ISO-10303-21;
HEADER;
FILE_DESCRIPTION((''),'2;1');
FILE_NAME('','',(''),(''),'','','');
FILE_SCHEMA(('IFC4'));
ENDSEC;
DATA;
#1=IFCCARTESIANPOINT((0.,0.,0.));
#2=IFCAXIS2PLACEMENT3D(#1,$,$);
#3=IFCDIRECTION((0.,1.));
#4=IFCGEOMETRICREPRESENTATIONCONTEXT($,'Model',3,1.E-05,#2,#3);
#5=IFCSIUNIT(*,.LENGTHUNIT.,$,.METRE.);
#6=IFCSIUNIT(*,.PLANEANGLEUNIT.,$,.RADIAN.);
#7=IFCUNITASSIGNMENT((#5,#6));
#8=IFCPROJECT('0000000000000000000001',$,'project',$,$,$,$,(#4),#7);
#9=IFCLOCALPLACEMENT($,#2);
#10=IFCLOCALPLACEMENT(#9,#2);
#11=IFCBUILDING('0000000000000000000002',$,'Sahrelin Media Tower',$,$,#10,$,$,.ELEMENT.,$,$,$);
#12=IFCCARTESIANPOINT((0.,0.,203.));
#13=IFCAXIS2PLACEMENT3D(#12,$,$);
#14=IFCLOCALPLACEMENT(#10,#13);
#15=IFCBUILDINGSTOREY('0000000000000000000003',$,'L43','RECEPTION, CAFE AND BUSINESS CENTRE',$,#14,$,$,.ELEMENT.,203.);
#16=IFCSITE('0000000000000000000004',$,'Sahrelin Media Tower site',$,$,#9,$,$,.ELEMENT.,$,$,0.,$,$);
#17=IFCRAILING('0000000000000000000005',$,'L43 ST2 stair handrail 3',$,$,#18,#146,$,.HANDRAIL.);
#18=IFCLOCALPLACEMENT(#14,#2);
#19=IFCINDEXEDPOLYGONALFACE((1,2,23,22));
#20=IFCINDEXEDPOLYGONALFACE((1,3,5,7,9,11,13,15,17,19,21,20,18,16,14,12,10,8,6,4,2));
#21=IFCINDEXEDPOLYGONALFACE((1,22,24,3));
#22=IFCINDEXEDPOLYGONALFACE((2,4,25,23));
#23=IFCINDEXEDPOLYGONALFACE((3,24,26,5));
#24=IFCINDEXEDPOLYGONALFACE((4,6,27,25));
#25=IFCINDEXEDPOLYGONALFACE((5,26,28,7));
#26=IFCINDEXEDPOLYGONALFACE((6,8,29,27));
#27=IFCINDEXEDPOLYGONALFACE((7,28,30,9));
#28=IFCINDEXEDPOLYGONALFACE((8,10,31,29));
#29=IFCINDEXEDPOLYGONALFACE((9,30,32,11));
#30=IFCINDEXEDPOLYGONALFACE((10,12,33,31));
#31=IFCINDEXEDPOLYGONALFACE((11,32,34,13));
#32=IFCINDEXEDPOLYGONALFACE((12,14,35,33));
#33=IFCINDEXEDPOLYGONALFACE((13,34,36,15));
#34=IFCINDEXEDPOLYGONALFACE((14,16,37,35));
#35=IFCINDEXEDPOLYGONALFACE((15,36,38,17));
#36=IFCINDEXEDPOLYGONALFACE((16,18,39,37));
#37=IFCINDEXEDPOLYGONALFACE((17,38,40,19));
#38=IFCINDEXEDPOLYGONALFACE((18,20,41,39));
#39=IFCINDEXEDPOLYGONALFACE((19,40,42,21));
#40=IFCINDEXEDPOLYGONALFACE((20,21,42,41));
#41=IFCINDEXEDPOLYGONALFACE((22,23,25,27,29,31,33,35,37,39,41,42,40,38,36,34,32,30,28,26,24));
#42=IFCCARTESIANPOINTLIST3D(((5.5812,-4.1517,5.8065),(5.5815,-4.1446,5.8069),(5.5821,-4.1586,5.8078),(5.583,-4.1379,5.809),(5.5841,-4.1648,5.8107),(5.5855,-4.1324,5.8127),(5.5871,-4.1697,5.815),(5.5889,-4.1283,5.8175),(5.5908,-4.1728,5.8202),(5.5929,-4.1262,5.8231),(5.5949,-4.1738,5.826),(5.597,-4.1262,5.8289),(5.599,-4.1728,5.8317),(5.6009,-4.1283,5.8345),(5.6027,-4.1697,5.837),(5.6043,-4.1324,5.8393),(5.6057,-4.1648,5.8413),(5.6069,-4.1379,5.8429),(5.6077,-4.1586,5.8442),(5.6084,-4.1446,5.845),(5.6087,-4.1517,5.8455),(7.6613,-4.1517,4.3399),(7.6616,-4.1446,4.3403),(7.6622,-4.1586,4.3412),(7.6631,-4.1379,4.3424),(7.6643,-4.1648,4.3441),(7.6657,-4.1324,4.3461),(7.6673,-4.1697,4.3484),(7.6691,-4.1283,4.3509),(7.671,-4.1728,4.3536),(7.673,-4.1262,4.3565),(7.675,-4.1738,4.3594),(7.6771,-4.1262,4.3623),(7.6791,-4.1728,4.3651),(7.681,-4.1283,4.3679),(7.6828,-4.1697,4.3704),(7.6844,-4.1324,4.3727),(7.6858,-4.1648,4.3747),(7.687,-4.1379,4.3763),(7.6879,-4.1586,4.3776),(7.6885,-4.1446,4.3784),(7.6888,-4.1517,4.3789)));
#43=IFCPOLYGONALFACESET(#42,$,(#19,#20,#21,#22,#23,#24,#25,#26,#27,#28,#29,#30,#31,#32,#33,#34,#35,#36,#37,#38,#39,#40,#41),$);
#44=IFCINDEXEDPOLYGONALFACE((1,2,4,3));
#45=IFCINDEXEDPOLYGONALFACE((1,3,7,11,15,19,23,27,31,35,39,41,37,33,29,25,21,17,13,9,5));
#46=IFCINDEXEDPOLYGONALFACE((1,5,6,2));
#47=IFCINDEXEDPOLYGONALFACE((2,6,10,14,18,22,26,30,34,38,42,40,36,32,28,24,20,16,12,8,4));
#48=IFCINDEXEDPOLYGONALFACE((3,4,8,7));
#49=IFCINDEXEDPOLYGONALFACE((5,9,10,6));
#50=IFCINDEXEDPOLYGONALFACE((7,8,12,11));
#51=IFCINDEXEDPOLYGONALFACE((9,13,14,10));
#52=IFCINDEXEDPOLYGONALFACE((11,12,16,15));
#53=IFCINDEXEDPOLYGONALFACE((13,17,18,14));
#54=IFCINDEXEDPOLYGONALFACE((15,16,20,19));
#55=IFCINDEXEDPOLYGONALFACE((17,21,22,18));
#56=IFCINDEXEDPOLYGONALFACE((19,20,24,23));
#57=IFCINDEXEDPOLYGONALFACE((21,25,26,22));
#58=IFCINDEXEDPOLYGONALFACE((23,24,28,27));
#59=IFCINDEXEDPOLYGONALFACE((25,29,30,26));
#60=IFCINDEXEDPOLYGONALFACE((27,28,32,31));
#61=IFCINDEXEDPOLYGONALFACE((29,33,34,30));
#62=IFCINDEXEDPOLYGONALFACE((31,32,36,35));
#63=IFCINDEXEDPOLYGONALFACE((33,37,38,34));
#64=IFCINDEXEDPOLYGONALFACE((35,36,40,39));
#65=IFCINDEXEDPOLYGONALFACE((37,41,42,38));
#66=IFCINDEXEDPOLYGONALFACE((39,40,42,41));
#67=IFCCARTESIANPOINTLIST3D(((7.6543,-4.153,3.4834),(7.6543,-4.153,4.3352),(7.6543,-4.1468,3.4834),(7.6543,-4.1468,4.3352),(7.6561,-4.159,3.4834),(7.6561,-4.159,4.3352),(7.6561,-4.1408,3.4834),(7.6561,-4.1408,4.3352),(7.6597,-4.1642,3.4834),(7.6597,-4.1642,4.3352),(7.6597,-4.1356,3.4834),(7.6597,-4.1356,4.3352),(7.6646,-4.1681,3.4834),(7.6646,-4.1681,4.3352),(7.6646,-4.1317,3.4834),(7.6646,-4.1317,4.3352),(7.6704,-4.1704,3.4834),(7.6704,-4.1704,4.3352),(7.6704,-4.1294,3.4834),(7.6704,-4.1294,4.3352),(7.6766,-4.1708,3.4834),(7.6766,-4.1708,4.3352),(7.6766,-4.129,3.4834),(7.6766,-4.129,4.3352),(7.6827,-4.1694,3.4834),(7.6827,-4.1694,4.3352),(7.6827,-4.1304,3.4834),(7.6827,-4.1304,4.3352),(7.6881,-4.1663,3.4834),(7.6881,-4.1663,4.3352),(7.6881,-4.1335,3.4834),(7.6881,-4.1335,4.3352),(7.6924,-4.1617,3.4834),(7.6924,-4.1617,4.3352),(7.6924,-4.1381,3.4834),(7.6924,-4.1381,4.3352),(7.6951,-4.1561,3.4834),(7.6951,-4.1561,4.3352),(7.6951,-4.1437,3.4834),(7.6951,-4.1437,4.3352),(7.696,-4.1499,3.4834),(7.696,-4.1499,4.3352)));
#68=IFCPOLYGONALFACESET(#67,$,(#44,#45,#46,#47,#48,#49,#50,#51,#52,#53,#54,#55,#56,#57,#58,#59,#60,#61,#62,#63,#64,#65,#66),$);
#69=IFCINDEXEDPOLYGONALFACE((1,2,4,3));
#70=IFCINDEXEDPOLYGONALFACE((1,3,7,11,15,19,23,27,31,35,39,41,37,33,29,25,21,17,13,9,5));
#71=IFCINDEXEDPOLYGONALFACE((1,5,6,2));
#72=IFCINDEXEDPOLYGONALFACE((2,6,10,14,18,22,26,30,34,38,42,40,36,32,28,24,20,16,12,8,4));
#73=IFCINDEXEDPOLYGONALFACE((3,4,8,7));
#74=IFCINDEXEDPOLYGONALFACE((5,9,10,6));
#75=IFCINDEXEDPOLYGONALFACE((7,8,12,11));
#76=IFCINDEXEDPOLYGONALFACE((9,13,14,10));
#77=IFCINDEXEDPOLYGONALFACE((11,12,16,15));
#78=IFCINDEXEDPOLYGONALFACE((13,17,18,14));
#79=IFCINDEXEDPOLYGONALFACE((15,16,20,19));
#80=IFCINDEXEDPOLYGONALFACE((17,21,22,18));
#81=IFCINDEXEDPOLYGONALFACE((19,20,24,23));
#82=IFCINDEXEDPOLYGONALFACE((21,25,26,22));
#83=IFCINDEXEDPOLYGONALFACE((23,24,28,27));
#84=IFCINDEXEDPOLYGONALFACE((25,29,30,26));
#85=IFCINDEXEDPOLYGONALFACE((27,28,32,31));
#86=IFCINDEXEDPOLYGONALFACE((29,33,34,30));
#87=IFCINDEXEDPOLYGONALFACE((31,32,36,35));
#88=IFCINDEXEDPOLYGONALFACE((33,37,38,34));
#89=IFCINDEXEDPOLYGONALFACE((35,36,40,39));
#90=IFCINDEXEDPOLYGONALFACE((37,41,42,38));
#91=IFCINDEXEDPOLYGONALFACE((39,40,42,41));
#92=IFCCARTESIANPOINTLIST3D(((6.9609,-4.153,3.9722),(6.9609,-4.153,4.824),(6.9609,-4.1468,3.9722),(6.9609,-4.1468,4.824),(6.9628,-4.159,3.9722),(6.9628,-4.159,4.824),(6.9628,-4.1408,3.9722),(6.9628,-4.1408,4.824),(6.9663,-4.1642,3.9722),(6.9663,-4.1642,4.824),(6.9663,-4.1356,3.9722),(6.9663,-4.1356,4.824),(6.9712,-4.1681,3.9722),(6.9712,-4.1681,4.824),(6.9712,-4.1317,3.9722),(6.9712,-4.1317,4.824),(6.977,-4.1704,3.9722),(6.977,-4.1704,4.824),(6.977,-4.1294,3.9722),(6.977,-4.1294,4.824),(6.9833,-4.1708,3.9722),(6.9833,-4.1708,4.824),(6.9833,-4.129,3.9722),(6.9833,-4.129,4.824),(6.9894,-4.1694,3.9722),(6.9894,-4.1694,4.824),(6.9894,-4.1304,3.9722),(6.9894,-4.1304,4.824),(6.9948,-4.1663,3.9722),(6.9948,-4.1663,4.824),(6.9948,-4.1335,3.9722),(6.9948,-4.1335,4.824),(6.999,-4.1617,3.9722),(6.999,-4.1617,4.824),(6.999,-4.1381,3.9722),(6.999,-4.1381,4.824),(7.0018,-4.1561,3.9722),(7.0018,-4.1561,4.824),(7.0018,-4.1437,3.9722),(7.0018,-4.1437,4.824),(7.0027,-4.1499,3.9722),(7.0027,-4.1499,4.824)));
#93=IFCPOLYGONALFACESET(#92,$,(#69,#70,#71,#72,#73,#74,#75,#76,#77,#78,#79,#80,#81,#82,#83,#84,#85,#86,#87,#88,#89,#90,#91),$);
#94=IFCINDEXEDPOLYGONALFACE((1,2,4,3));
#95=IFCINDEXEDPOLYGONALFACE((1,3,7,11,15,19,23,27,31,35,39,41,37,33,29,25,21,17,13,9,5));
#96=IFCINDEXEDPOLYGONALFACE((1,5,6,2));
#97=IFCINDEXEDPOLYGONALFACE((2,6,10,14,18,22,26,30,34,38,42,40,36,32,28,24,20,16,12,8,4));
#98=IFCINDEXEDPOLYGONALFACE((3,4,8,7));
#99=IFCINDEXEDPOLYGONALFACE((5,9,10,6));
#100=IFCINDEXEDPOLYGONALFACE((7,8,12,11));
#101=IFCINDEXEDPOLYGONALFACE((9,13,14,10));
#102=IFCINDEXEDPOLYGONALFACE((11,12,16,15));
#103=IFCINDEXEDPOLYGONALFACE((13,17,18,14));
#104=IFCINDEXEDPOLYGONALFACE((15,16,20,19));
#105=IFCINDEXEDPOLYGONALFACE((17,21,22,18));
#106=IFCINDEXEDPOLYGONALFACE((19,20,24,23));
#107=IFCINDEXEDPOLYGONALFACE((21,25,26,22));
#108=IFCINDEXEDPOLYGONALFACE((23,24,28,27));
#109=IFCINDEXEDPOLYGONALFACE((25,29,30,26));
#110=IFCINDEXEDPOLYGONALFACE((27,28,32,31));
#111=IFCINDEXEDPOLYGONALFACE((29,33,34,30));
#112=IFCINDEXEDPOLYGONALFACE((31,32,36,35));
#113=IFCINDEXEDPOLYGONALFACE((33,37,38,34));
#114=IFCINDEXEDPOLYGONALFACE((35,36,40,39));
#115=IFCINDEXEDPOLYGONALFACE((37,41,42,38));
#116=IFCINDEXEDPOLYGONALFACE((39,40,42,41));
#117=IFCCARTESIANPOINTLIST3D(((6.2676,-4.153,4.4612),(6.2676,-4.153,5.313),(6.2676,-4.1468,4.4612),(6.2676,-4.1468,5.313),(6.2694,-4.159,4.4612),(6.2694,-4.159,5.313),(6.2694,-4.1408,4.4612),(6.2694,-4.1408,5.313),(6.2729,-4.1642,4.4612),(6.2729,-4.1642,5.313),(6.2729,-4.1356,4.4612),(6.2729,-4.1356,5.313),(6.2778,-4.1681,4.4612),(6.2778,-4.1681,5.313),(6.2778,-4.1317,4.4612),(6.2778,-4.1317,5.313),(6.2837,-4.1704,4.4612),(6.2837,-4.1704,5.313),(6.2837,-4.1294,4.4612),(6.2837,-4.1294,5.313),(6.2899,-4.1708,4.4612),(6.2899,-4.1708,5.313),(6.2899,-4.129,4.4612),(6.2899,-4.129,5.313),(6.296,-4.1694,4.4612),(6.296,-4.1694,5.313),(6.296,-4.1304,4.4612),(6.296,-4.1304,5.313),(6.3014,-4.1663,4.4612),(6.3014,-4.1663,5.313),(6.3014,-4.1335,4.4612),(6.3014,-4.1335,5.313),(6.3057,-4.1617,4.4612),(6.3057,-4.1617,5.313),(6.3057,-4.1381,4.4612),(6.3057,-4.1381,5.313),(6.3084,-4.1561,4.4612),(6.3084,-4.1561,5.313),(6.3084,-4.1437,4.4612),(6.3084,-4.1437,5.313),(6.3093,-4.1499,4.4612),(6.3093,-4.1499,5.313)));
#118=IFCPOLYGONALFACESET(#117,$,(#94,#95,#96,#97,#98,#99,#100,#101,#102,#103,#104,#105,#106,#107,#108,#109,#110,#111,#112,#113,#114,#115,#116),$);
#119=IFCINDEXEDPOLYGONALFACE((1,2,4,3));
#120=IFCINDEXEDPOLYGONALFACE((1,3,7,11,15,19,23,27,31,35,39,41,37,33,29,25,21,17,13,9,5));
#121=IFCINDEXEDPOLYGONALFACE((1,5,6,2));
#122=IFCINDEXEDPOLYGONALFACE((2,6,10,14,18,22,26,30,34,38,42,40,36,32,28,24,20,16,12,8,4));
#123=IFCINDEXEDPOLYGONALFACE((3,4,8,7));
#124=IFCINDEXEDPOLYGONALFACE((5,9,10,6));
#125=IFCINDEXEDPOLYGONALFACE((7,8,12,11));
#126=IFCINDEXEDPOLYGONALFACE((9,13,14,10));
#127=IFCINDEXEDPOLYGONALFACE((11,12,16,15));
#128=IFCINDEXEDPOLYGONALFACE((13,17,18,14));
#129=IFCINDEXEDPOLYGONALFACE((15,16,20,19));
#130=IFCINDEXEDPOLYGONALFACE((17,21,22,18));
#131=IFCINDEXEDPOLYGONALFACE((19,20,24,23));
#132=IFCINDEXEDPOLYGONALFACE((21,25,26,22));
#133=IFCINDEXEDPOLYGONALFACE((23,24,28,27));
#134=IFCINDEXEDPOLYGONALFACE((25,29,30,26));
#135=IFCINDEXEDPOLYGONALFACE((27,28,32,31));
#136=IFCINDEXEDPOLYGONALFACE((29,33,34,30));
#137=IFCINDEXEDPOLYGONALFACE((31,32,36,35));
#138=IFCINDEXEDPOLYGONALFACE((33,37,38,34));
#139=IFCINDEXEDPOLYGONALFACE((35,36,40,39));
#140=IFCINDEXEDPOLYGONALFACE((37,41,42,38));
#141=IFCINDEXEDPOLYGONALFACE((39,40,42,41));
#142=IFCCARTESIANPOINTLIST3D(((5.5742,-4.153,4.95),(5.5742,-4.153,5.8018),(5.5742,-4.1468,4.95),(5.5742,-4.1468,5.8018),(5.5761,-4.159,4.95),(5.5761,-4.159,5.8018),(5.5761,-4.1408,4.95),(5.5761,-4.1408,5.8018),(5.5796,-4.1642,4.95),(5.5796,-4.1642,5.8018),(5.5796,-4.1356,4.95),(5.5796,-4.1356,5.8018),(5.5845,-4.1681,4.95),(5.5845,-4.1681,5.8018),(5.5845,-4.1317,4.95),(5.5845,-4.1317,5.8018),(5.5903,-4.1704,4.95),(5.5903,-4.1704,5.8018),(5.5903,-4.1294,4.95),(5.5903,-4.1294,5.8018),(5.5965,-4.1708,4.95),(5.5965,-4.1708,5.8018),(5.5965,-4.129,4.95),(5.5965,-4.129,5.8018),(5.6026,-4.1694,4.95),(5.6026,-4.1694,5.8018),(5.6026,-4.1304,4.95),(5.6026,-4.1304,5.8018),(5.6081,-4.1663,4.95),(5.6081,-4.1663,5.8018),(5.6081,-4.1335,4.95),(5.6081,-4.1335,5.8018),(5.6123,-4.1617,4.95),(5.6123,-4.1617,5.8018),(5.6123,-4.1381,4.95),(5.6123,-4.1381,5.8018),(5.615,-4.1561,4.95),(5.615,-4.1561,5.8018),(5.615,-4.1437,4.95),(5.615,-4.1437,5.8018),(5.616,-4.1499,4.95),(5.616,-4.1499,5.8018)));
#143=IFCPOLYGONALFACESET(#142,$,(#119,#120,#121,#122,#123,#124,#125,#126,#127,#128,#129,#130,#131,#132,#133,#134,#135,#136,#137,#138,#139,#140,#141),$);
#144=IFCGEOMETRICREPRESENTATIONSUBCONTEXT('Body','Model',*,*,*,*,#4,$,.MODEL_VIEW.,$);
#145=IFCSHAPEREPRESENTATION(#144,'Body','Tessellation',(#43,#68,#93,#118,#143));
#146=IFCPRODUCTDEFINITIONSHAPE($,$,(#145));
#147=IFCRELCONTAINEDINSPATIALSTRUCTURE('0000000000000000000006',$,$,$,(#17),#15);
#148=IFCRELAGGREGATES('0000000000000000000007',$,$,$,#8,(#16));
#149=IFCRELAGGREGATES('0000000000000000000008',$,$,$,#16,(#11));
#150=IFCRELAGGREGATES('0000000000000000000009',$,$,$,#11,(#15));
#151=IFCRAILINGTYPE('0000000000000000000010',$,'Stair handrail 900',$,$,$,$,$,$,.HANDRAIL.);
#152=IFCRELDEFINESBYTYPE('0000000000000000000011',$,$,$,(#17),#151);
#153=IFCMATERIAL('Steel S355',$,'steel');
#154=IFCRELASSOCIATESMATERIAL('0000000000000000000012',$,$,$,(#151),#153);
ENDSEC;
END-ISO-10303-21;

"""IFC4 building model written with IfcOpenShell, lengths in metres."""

from ifc_helpers import new_model, si_unit, direction, frame, origin, origin_2d, place, context, subcontext, project, spatial, circle, extrude, material, type_object, element, save


model = new_model("IFC4")

# Units and contexts
model_context = context("Model", 3, precision=1e-05, world=origin(), true_north=direction((0.0, 1.0)))
body_context = subcontext(model_context, "Body", "Model", "MODEL_VIEW")
ifc_project = project(units=[si_unit("LENGTHUNIT", "METRE"), si_unit("PLANEANGLEUNIT", "RADIAN")], contexts=[model_context])

# Site, building, storey
site_placement = place(None, origin())
site = spatial("IfcSite", under=ifc_project, at=site_placement, Name="Sahrelin Media Tower site", CompositionType="ELEMENT", RefElevation=0.0)
building_placement = place(site_placement, origin())
building = spatial("IfcBuilding", under=site, at=building_placement, Name="Sahrelin Media Tower", CompositionType="ELEMENT")
storey_placement = place(building_placement, frame((0.0, 0.0, 203.0)))
storey = spatial("IfcBuildingStorey", under=building, at=storey_placement, Name="L43", Description="RECEPTION, CAFE AND BUSINESS CENTRE", CompositionType="ELEMENT", Elevation=203.0)

# Railing
ifc_material_1 = material(Name="Steel S355", Category="steel")
railing_type_1 = type_object("IfcRailingType", Name="Stair handrail 900", PredefinedType="HANDRAIL", material=ifc_material_1)
for number, where, name in (
    (1, (7.675, -4.1499, 3.4834), "L43 ST2 stair handrail 3"),
):
    element("IfcRailing", number, at=place(storey_placement, frame(where)), inside=storey, type_object=railing_type_1, Name=name, PredefinedType="HANDRAIL", context=body_context, shape_type="SweptSolid", body=[
        extrude(circle(Radius=0.0239, at=origin_2d()), frame((0.0, 0.0, 0.876), z_axis=(-0.817289, 0.0, 0.576227), x_axis=(0.0, -1.0, 0.0)), (0.0, 0.0, 1.0), 2.5452),
        extrude(circle(Radius=0.021, at=origin_2d()), origin(), (0.0, 0.0, 1.0), 0.8518),
        extrude(circle(Radius=0.021, at=origin_2d()), frame((-0.6934, 0.0, 0.4888)), (0.0, 0.0, 1.0), 0.8518),
        extrude(circle(Radius=0.021, at=origin_2d()), frame((-1.3867, 0.0, 0.9778)), (0.0, 0.0, 1.0), 0.8518),
        extrude(circle(Radius=0.021, at=origin_2d()), frame((-2.0801, 0.0, 1.4666)), (0.0, 0.0, 1.0), 0.8518),
    ])

save(model, "model.ifc")
